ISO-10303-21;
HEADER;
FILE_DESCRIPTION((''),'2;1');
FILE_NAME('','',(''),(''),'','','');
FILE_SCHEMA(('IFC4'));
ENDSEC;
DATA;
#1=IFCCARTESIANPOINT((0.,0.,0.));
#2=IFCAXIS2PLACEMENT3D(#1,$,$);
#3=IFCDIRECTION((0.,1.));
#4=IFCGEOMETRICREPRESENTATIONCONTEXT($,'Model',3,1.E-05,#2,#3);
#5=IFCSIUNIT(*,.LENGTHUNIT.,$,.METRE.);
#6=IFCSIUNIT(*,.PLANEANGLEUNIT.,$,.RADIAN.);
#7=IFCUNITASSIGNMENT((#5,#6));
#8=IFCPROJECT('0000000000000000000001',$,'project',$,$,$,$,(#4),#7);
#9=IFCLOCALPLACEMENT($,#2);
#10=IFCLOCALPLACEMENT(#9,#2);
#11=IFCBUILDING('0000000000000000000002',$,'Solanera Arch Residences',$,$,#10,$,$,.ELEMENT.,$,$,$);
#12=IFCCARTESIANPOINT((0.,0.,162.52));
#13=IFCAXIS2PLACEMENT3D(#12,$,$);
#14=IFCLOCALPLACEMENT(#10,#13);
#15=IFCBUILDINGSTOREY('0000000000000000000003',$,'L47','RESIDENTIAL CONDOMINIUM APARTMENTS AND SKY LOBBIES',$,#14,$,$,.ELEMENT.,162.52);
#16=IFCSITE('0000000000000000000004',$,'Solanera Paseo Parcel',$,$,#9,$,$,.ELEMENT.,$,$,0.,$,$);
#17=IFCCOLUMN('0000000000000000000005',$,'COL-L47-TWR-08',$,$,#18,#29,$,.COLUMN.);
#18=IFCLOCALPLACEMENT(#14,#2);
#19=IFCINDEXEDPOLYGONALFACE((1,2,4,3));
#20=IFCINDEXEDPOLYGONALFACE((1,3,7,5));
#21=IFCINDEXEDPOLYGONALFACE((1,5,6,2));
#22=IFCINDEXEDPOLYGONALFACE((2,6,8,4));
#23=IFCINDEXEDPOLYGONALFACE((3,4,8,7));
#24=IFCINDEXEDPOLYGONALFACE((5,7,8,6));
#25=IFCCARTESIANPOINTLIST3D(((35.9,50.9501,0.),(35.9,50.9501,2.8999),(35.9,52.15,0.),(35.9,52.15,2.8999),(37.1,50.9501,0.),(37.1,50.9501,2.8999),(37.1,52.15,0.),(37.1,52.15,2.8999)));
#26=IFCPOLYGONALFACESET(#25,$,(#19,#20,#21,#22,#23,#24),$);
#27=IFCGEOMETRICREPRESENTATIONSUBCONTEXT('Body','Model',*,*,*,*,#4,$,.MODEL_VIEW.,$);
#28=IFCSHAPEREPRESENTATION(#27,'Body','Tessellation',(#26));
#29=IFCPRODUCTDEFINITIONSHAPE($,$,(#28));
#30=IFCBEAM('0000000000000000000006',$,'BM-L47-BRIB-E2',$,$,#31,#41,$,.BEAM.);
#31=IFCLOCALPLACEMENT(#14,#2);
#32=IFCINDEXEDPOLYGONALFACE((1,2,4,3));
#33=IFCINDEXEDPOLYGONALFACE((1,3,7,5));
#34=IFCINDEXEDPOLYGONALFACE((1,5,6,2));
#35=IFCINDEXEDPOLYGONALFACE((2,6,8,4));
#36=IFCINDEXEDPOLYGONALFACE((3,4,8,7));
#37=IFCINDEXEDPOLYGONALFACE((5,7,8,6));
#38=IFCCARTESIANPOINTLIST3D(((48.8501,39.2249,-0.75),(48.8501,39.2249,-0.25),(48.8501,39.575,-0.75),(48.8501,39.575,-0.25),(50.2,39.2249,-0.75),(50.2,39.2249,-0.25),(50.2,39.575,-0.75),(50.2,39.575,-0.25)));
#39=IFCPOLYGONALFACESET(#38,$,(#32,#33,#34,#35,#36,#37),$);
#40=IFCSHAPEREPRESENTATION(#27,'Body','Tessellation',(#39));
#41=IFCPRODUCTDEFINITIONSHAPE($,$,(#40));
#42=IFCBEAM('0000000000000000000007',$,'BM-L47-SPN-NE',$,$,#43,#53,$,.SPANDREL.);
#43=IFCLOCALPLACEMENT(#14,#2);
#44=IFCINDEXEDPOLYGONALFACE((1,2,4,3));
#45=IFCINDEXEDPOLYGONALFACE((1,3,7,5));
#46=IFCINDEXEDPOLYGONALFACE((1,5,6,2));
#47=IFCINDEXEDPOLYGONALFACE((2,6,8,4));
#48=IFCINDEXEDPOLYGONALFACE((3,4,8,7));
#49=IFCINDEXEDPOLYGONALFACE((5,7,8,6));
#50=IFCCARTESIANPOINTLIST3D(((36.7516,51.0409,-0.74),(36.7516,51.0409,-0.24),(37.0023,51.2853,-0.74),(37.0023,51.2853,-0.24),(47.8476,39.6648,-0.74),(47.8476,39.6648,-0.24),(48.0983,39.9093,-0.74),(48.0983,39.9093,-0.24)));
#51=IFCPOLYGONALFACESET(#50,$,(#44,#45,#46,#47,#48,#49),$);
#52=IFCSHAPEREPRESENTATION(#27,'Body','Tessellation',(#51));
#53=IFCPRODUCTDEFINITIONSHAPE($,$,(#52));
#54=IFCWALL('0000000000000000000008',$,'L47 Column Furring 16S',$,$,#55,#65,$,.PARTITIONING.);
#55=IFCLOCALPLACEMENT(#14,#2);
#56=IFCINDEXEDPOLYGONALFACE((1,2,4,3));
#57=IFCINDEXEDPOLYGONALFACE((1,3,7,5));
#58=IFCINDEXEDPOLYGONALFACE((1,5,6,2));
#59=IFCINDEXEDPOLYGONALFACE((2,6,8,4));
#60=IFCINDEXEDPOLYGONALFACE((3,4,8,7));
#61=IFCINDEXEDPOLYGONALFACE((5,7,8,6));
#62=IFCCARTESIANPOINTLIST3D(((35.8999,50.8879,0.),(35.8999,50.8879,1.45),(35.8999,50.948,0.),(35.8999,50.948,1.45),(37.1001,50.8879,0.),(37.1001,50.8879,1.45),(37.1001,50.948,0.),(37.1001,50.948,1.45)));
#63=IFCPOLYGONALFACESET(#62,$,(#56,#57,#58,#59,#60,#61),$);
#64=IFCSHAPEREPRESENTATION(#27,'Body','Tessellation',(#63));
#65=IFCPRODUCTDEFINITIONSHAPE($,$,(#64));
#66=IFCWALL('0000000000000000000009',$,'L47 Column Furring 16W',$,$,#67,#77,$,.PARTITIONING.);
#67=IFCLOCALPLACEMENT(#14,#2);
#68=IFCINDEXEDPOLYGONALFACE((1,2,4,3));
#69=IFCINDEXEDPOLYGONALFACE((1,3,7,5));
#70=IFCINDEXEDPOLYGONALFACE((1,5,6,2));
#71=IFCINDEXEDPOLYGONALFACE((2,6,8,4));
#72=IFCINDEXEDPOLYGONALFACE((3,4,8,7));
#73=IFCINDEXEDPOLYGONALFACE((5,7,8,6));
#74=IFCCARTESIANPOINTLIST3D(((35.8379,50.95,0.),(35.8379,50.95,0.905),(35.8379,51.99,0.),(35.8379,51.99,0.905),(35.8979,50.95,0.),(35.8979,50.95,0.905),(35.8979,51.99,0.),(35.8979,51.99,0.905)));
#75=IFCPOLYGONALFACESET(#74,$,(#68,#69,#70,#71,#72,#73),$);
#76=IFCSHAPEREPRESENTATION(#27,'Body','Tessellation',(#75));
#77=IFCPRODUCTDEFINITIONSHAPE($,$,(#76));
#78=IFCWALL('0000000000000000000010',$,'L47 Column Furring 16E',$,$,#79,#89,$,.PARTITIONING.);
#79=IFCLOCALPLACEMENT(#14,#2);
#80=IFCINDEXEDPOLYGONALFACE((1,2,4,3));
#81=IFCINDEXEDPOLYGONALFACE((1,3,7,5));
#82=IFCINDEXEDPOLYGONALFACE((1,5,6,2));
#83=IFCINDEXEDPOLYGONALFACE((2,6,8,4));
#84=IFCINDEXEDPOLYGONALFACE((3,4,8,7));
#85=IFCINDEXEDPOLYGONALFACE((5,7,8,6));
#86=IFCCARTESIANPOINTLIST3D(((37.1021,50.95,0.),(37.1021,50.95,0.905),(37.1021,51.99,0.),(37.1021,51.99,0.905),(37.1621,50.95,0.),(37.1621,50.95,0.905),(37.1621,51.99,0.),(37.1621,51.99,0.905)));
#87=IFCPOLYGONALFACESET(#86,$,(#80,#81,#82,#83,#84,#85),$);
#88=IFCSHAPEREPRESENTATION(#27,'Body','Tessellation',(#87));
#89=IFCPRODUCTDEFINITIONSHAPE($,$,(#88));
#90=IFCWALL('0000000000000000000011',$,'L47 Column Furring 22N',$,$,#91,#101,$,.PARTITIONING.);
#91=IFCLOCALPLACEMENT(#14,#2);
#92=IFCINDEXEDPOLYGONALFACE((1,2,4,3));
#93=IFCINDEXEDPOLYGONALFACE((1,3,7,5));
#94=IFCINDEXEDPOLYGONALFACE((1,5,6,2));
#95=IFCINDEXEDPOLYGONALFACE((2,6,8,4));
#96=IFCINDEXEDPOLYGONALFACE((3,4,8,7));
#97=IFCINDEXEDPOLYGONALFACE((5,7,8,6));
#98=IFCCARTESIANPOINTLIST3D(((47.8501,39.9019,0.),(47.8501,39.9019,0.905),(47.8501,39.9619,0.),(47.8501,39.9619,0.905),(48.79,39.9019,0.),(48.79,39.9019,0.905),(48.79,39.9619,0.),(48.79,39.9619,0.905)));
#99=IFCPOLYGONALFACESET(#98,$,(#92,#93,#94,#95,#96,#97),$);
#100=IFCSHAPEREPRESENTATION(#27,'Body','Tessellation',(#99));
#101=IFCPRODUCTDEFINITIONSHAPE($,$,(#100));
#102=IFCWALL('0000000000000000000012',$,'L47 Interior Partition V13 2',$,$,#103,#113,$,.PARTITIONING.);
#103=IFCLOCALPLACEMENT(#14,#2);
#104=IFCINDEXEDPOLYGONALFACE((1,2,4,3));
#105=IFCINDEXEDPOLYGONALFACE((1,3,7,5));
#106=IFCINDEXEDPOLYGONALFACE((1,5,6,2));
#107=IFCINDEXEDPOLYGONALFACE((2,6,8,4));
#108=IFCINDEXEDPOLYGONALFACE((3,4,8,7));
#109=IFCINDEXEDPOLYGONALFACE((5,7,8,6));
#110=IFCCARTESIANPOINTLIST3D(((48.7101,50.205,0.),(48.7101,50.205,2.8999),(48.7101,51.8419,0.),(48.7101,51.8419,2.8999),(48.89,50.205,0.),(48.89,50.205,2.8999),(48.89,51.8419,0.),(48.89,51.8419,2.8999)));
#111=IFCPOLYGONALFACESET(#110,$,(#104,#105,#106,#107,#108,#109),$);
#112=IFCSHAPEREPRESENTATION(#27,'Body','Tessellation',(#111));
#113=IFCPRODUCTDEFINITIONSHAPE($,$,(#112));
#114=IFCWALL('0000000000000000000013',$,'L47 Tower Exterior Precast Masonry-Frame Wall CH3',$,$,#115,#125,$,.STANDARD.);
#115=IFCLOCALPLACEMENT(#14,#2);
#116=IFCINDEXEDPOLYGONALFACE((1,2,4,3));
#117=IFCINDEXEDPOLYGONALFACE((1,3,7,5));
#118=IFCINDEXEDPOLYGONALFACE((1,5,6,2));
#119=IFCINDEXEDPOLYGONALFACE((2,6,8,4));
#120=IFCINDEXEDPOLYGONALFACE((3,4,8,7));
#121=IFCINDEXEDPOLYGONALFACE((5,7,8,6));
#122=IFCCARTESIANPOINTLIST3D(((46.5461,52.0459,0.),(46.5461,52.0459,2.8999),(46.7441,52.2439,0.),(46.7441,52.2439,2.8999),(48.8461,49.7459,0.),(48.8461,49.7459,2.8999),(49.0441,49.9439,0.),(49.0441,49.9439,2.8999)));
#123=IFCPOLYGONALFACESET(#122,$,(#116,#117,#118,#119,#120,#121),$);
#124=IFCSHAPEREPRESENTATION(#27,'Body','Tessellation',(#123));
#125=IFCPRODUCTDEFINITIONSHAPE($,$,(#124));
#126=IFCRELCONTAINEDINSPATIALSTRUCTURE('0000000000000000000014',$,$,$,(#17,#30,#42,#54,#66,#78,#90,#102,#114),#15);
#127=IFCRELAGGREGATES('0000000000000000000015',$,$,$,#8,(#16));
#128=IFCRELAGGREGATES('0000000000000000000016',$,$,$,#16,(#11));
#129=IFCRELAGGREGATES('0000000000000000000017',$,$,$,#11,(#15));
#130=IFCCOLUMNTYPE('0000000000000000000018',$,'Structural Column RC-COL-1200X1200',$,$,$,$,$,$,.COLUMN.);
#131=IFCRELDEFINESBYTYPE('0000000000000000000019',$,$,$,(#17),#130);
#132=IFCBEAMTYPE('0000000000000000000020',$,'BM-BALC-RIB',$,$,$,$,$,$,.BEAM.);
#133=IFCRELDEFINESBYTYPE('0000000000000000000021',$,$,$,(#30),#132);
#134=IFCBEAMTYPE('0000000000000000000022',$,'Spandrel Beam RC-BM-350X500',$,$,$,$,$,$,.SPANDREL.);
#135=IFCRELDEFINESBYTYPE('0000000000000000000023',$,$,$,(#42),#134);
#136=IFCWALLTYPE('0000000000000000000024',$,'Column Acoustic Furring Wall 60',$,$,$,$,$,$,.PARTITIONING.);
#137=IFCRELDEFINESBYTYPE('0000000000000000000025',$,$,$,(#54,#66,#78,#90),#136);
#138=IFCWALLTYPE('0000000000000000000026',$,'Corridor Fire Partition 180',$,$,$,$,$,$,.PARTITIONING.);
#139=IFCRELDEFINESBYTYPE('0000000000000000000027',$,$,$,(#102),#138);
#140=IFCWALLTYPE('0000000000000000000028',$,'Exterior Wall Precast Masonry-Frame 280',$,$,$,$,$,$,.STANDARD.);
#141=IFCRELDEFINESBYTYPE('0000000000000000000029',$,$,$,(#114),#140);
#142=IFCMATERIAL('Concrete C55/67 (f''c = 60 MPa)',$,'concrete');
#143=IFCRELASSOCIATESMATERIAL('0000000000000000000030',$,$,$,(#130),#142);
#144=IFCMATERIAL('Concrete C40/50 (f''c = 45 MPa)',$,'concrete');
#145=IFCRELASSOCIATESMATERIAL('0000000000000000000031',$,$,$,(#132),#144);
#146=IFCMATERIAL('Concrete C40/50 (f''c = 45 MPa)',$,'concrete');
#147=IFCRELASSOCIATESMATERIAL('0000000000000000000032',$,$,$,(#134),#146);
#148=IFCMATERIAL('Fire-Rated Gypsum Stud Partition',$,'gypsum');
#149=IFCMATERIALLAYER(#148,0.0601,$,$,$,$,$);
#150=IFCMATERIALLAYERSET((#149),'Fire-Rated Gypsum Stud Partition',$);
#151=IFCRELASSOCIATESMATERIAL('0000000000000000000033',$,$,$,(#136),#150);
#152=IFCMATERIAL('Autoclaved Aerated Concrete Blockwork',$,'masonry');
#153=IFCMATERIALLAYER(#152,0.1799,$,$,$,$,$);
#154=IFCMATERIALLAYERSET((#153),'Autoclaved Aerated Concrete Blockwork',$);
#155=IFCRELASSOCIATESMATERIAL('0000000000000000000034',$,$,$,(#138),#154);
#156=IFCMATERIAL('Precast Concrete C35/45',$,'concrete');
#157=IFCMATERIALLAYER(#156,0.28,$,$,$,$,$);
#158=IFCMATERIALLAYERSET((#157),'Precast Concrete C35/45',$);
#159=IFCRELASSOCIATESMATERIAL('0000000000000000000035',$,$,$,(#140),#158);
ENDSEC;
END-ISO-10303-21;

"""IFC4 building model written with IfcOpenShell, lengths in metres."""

from ifc_helpers import new_model, si_unit, direction, frame, frame_2d, origin, origin_2d, place, context, subcontext, project, spatial, rectangle, extrude, material, layer, layer_set, material_profile, profile_set, type_object, element, save


model = new_model("IFC4")

# Units and contexts
model_context = context("Model", 3, precision=1e-05, world=origin(), true_north=direction((0.0, 1.0)))
body_context = subcontext(model_context, "Body", "Model", "MODEL_VIEW")
ifc_project = project(units=[si_unit("LENGTHUNIT", "METRE"), si_unit("PLANEANGLEUNIT", "RADIAN")], contexts=[model_context])

# Site, building, storey
site_placement = place(None, origin())
site = spatial("IfcSite", under=ifc_project, at=site_placement, Name="Solanera Paseo Parcel", CompositionType="ELEMENT", RefElevation=0.0)
building_placement = place(site_placement, origin())
building = spatial("IfcBuilding", under=site, at=building_placement, Name="Solanera Arch Residences", CompositionType="ELEMENT")
storey_placement = place(building_placement, frame((0.0, 0.0, 162.52)))
storey = spatial("IfcBuildingStorey", under=building, at=storey_placement, Name="L47", Description="RESIDENTIAL CONDOMINIUM APARTMENTS AND SKY LOBBIES", CompositionType="ELEMENT", Elevation=162.52)

# Column
ifc_material_1 = material(Name="Concrete C55/67 (f'c = 60 MPa)", Category="concrete")
ifc_material_profile_1 = material_profile(ifc_material_1, rectangle(XDim=1.2, YDim=1.2, at=origin_2d()))
ifc_profile_set_1 = profile_set([ifc_material_profile_1], Name="Concrete C55/67 (f'c = 60 MPa)")
column_type = type_object("IfcColumnType", Name="Structural Column RC-COL-1200X1200", PredefinedType="COLUMN", material=ifc_profile_set_1)
column_placement = place(storey_placement, frame((36.5, 51.55, 0.0), z_axis=(0.0, 0.0, 1.0), x_axis=(1.0, 0.0, 0.0)))
element("IfcColumn", 1, at=column_placement, inside=storey, type_object=column_type, Name="COL-L47-TWR-08", PredefinedType="COLUMN", context=body_context, shape_type="SweptSolid", body=[
    extrude(rectangle(XDim=1.2, YDim=1.2, at=origin_2d()), origin(), (0.0, 0.0, 1.0), 2.8999),
])

# Beams
ifc_material_2 = material(Name="Concrete C40/50 (f'c = 45 MPa)", Category="concrete")
ifc_material_profile_2 = material_profile(ifc_material_2, rectangle(XDim=0.3501, YDim=0.5, at=origin_2d()))
ifc_profile_set_2 = profile_set([ifc_material_profile_2], Name="Concrete C40/50 (f'c = 45 MPa)")
beam_type_1 = type_object("IfcBeamType", Name="BM-BALC-RIB", PredefinedType="BEAM", material=ifc_profile_set_2)
beam_1_placement = place(storey_placement, frame((48.8501, 39.3999, -0.5), z_axis=(1.0, 0.0, 0.0), x_axis=(0.0, 1.0, 0.0)))
element("IfcBeam", 2, at=beam_1_placement, inside=storey, type_object=beam_type_1, Name="BM-L47-BRIB-E2", PredefinedType="BEAM", context=body_context, shape_type="SweptSolid", body=[
    extrude(rectangle(XDim=0.3501, YDim=0.5, at=origin_2d()), origin(), (0.0, 0.0, 1.0), 1.3499),
])
ifc_material_3 = material(Name="Concrete C40/50 (f'c = 45 MPa)", Category="concrete")
ifc_material_profile_3 = material_profile(ifc_material_3, rectangle(XDim=0.3501, YDim=0.5, at=origin_2d()))
ifc_profile_set_3 = profile_set([ifc_material_profile_3], Name="Concrete C40/50 (f'c = 45 MPa)")
beam_type_2 = type_object("IfcBeamType", Name="Spandrel Beam RC-BM-350X500", PredefinedType="SPANDREL", material=ifc_profile_set_3)
beam_2_placement = place(storey_placement, frame((36.877, 51.1631, -0.49), z_axis=(0.698241, -0.715863, 0.0), x_axis=(0.715863, 0.698241, 0.0)))
element("IfcBeam", 3, at=beam_2_placement, inside=storey, type_object=beam_type_2, Name="BM-L47-SPN-NE", PredefinedType="SPANDREL", context=body_context, shape_type="SweptSolid", body=[
    extrude(rectangle(XDim=0.3501, YDim=0.5, at=origin_2d()), origin(), (0.0, 0.0, 1.0), 15.8914),
])

# Walls
ifc_material_4 = material(Name="Fire-Rated Gypsum Stud Partition", Category="gypsum")
ifc_layer_1 = layer(ifc_material_4, 0.0601)
ifc_layer_set_1 = layer_set([ifc_layer_1], Name="Fire-Rated Gypsum Stud Partition")
wall_type_1 = type_object("IfcWallType", Name="Column Acoustic Furring Wall 60", PredefinedType="PARTITIONING", material=ifc_layer_set_1)
wall_1_placement = place(storey_placement, frame((35.8999, 50.918, 0.0), z_axis=(0.0, 0.0, 1.0), x_axis=(1.0, 0.0, 0.0)))
element("IfcWall", 4, at=wall_1_placement, inside=storey, type_object=wall_type_1, Name="L47 Column Furring 16S", PredefinedType="PARTITIONING", context=body_context, shape_type="SweptSolid", body=[
    extrude(rectangle(XDim=1.2002, YDim=0.0601, at=frame_2d((0.6001, 0.0))), origin(), (0.0, 0.0, 1.0), 1.45),
])
for number, where, z_axis, x_axis, name in (
    (5, (35.8679, 50.95, 0.0), (0.0, 0.0, 1.0), (0.0, 1.0, 0.0), "L47 Column Furring 16W"),
    (6, (37.1321, 50.95, 0.0), (0.0, 0.0, 1.0), (0.0, 1.0, 0.0), "L47 Column Furring 16E"),
):
    element("IfcWall", number, at=place(storey_placement, frame(where, z_axis=z_axis, x_axis=x_axis)), inside=storey, type_object=wall_type_1, Name=name, PredefinedType="PARTITIONING", context=body_context, shape_type="SweptSolid", body=[
        extrude(rectangle(XDim=1.04, YDim=0.0601, at=frame_2d((0.52, 0.0))), origin(), (0.0, 0.0, 1.0), 0.905),
    ])
wall_2_placement = place(storey_placement, frame((47.8501, 39.9319, 0.0), z_axis=(0.0, 0.0, 1.0), x_axis=(1.0, 0.0, 0.0)))
element("IfcWall", 7, at=wall_2_placement, inside=storey, type_object=wall_type_1, Name="L47 Column Furring 22N", PredefinedType="PARTITIONING", context=body_context, shape_type="SweptSolid", body=[
    extrude(rectangle(XDim=0.9399, YDim=0.0601, at=frame_2d((0.47, 0.0))), origin(), (0.0, 0.0, 1.0), 0.905),
])
ifc_material_5 = material(Name="Autoclaved Aerated Concrete Blockwork", Category="masonry")
ifc_layer_2 = layer(ifc_material_5, 0.1799)
ifc_layer_set_2 = layer_set([ifc_layer_2], Name="Autoclaved Aerated Concrete Blockwork")
wall_type_2 = type_object("IfcWallType", Name="Corridor Fire Partition 180", PredefinedType="PARTITIONING", material=ifc_layer_set_2)
wall_3_placement = place(storey_placement, frame((48.8, 50.2051, 0.0), z_axis=(0.0, 0.0, 1.0), x_axis=(0.0, 1.0, 0.0)))
element("IfcWall", 8, at=wall_3_placement, inside=storey, type_object=wall_type_2, Name="L47 Interior Partition V13 2", PredefinedType="PARTITIONING", context=body_context, shape_type="SweptSolid", body=[
    extrude(rectangle(XDim=1.637, YDim=0.1799, at=frame_2d((0.8184, 0.0))), origin(), (0.0, 0.0, 1.0), 2.8999),
])
ifc_material_6 = material(Name="Precast Concrete C35/45", Category="concrete")
ifc_layer_3 = layer(ifc_material_6, 0.28)
ifc_layer_set_3 = layer_set([ifc_layer_3], Name="Precast Concrete C35/45")
wall_type_3 = type_object("IfcWallType", Name="Exterior Wall Precast Masonry-Frame 280", PredefinedType="STANDARD", material=ifc_layer_set_3)
wall_4_placement = place(storey_placement, frame((46.645, 52.145, 0.0), z_axis=(0.0, 0.0, 1.0), x_axis=(0.707107, -0.707107, 0.0)))
element("IfcWall", 9, at=wall_4_placement, inside=storey, type_object=wall_type_3, Name="L47 Tower Exterior Precast Masonry-Frame Wall CH3", PredefinedType="STANDARD", context=body_context, shape_type="SweptSolid", body=[
    extrude(rectangle(XDim=3.2527, YDim=0.28, at=frame_2d((1.6265, 0.0))), origin(), (0.0, 0.0, 1.0), 2.8999),
])

save(model, "model.ifc")
